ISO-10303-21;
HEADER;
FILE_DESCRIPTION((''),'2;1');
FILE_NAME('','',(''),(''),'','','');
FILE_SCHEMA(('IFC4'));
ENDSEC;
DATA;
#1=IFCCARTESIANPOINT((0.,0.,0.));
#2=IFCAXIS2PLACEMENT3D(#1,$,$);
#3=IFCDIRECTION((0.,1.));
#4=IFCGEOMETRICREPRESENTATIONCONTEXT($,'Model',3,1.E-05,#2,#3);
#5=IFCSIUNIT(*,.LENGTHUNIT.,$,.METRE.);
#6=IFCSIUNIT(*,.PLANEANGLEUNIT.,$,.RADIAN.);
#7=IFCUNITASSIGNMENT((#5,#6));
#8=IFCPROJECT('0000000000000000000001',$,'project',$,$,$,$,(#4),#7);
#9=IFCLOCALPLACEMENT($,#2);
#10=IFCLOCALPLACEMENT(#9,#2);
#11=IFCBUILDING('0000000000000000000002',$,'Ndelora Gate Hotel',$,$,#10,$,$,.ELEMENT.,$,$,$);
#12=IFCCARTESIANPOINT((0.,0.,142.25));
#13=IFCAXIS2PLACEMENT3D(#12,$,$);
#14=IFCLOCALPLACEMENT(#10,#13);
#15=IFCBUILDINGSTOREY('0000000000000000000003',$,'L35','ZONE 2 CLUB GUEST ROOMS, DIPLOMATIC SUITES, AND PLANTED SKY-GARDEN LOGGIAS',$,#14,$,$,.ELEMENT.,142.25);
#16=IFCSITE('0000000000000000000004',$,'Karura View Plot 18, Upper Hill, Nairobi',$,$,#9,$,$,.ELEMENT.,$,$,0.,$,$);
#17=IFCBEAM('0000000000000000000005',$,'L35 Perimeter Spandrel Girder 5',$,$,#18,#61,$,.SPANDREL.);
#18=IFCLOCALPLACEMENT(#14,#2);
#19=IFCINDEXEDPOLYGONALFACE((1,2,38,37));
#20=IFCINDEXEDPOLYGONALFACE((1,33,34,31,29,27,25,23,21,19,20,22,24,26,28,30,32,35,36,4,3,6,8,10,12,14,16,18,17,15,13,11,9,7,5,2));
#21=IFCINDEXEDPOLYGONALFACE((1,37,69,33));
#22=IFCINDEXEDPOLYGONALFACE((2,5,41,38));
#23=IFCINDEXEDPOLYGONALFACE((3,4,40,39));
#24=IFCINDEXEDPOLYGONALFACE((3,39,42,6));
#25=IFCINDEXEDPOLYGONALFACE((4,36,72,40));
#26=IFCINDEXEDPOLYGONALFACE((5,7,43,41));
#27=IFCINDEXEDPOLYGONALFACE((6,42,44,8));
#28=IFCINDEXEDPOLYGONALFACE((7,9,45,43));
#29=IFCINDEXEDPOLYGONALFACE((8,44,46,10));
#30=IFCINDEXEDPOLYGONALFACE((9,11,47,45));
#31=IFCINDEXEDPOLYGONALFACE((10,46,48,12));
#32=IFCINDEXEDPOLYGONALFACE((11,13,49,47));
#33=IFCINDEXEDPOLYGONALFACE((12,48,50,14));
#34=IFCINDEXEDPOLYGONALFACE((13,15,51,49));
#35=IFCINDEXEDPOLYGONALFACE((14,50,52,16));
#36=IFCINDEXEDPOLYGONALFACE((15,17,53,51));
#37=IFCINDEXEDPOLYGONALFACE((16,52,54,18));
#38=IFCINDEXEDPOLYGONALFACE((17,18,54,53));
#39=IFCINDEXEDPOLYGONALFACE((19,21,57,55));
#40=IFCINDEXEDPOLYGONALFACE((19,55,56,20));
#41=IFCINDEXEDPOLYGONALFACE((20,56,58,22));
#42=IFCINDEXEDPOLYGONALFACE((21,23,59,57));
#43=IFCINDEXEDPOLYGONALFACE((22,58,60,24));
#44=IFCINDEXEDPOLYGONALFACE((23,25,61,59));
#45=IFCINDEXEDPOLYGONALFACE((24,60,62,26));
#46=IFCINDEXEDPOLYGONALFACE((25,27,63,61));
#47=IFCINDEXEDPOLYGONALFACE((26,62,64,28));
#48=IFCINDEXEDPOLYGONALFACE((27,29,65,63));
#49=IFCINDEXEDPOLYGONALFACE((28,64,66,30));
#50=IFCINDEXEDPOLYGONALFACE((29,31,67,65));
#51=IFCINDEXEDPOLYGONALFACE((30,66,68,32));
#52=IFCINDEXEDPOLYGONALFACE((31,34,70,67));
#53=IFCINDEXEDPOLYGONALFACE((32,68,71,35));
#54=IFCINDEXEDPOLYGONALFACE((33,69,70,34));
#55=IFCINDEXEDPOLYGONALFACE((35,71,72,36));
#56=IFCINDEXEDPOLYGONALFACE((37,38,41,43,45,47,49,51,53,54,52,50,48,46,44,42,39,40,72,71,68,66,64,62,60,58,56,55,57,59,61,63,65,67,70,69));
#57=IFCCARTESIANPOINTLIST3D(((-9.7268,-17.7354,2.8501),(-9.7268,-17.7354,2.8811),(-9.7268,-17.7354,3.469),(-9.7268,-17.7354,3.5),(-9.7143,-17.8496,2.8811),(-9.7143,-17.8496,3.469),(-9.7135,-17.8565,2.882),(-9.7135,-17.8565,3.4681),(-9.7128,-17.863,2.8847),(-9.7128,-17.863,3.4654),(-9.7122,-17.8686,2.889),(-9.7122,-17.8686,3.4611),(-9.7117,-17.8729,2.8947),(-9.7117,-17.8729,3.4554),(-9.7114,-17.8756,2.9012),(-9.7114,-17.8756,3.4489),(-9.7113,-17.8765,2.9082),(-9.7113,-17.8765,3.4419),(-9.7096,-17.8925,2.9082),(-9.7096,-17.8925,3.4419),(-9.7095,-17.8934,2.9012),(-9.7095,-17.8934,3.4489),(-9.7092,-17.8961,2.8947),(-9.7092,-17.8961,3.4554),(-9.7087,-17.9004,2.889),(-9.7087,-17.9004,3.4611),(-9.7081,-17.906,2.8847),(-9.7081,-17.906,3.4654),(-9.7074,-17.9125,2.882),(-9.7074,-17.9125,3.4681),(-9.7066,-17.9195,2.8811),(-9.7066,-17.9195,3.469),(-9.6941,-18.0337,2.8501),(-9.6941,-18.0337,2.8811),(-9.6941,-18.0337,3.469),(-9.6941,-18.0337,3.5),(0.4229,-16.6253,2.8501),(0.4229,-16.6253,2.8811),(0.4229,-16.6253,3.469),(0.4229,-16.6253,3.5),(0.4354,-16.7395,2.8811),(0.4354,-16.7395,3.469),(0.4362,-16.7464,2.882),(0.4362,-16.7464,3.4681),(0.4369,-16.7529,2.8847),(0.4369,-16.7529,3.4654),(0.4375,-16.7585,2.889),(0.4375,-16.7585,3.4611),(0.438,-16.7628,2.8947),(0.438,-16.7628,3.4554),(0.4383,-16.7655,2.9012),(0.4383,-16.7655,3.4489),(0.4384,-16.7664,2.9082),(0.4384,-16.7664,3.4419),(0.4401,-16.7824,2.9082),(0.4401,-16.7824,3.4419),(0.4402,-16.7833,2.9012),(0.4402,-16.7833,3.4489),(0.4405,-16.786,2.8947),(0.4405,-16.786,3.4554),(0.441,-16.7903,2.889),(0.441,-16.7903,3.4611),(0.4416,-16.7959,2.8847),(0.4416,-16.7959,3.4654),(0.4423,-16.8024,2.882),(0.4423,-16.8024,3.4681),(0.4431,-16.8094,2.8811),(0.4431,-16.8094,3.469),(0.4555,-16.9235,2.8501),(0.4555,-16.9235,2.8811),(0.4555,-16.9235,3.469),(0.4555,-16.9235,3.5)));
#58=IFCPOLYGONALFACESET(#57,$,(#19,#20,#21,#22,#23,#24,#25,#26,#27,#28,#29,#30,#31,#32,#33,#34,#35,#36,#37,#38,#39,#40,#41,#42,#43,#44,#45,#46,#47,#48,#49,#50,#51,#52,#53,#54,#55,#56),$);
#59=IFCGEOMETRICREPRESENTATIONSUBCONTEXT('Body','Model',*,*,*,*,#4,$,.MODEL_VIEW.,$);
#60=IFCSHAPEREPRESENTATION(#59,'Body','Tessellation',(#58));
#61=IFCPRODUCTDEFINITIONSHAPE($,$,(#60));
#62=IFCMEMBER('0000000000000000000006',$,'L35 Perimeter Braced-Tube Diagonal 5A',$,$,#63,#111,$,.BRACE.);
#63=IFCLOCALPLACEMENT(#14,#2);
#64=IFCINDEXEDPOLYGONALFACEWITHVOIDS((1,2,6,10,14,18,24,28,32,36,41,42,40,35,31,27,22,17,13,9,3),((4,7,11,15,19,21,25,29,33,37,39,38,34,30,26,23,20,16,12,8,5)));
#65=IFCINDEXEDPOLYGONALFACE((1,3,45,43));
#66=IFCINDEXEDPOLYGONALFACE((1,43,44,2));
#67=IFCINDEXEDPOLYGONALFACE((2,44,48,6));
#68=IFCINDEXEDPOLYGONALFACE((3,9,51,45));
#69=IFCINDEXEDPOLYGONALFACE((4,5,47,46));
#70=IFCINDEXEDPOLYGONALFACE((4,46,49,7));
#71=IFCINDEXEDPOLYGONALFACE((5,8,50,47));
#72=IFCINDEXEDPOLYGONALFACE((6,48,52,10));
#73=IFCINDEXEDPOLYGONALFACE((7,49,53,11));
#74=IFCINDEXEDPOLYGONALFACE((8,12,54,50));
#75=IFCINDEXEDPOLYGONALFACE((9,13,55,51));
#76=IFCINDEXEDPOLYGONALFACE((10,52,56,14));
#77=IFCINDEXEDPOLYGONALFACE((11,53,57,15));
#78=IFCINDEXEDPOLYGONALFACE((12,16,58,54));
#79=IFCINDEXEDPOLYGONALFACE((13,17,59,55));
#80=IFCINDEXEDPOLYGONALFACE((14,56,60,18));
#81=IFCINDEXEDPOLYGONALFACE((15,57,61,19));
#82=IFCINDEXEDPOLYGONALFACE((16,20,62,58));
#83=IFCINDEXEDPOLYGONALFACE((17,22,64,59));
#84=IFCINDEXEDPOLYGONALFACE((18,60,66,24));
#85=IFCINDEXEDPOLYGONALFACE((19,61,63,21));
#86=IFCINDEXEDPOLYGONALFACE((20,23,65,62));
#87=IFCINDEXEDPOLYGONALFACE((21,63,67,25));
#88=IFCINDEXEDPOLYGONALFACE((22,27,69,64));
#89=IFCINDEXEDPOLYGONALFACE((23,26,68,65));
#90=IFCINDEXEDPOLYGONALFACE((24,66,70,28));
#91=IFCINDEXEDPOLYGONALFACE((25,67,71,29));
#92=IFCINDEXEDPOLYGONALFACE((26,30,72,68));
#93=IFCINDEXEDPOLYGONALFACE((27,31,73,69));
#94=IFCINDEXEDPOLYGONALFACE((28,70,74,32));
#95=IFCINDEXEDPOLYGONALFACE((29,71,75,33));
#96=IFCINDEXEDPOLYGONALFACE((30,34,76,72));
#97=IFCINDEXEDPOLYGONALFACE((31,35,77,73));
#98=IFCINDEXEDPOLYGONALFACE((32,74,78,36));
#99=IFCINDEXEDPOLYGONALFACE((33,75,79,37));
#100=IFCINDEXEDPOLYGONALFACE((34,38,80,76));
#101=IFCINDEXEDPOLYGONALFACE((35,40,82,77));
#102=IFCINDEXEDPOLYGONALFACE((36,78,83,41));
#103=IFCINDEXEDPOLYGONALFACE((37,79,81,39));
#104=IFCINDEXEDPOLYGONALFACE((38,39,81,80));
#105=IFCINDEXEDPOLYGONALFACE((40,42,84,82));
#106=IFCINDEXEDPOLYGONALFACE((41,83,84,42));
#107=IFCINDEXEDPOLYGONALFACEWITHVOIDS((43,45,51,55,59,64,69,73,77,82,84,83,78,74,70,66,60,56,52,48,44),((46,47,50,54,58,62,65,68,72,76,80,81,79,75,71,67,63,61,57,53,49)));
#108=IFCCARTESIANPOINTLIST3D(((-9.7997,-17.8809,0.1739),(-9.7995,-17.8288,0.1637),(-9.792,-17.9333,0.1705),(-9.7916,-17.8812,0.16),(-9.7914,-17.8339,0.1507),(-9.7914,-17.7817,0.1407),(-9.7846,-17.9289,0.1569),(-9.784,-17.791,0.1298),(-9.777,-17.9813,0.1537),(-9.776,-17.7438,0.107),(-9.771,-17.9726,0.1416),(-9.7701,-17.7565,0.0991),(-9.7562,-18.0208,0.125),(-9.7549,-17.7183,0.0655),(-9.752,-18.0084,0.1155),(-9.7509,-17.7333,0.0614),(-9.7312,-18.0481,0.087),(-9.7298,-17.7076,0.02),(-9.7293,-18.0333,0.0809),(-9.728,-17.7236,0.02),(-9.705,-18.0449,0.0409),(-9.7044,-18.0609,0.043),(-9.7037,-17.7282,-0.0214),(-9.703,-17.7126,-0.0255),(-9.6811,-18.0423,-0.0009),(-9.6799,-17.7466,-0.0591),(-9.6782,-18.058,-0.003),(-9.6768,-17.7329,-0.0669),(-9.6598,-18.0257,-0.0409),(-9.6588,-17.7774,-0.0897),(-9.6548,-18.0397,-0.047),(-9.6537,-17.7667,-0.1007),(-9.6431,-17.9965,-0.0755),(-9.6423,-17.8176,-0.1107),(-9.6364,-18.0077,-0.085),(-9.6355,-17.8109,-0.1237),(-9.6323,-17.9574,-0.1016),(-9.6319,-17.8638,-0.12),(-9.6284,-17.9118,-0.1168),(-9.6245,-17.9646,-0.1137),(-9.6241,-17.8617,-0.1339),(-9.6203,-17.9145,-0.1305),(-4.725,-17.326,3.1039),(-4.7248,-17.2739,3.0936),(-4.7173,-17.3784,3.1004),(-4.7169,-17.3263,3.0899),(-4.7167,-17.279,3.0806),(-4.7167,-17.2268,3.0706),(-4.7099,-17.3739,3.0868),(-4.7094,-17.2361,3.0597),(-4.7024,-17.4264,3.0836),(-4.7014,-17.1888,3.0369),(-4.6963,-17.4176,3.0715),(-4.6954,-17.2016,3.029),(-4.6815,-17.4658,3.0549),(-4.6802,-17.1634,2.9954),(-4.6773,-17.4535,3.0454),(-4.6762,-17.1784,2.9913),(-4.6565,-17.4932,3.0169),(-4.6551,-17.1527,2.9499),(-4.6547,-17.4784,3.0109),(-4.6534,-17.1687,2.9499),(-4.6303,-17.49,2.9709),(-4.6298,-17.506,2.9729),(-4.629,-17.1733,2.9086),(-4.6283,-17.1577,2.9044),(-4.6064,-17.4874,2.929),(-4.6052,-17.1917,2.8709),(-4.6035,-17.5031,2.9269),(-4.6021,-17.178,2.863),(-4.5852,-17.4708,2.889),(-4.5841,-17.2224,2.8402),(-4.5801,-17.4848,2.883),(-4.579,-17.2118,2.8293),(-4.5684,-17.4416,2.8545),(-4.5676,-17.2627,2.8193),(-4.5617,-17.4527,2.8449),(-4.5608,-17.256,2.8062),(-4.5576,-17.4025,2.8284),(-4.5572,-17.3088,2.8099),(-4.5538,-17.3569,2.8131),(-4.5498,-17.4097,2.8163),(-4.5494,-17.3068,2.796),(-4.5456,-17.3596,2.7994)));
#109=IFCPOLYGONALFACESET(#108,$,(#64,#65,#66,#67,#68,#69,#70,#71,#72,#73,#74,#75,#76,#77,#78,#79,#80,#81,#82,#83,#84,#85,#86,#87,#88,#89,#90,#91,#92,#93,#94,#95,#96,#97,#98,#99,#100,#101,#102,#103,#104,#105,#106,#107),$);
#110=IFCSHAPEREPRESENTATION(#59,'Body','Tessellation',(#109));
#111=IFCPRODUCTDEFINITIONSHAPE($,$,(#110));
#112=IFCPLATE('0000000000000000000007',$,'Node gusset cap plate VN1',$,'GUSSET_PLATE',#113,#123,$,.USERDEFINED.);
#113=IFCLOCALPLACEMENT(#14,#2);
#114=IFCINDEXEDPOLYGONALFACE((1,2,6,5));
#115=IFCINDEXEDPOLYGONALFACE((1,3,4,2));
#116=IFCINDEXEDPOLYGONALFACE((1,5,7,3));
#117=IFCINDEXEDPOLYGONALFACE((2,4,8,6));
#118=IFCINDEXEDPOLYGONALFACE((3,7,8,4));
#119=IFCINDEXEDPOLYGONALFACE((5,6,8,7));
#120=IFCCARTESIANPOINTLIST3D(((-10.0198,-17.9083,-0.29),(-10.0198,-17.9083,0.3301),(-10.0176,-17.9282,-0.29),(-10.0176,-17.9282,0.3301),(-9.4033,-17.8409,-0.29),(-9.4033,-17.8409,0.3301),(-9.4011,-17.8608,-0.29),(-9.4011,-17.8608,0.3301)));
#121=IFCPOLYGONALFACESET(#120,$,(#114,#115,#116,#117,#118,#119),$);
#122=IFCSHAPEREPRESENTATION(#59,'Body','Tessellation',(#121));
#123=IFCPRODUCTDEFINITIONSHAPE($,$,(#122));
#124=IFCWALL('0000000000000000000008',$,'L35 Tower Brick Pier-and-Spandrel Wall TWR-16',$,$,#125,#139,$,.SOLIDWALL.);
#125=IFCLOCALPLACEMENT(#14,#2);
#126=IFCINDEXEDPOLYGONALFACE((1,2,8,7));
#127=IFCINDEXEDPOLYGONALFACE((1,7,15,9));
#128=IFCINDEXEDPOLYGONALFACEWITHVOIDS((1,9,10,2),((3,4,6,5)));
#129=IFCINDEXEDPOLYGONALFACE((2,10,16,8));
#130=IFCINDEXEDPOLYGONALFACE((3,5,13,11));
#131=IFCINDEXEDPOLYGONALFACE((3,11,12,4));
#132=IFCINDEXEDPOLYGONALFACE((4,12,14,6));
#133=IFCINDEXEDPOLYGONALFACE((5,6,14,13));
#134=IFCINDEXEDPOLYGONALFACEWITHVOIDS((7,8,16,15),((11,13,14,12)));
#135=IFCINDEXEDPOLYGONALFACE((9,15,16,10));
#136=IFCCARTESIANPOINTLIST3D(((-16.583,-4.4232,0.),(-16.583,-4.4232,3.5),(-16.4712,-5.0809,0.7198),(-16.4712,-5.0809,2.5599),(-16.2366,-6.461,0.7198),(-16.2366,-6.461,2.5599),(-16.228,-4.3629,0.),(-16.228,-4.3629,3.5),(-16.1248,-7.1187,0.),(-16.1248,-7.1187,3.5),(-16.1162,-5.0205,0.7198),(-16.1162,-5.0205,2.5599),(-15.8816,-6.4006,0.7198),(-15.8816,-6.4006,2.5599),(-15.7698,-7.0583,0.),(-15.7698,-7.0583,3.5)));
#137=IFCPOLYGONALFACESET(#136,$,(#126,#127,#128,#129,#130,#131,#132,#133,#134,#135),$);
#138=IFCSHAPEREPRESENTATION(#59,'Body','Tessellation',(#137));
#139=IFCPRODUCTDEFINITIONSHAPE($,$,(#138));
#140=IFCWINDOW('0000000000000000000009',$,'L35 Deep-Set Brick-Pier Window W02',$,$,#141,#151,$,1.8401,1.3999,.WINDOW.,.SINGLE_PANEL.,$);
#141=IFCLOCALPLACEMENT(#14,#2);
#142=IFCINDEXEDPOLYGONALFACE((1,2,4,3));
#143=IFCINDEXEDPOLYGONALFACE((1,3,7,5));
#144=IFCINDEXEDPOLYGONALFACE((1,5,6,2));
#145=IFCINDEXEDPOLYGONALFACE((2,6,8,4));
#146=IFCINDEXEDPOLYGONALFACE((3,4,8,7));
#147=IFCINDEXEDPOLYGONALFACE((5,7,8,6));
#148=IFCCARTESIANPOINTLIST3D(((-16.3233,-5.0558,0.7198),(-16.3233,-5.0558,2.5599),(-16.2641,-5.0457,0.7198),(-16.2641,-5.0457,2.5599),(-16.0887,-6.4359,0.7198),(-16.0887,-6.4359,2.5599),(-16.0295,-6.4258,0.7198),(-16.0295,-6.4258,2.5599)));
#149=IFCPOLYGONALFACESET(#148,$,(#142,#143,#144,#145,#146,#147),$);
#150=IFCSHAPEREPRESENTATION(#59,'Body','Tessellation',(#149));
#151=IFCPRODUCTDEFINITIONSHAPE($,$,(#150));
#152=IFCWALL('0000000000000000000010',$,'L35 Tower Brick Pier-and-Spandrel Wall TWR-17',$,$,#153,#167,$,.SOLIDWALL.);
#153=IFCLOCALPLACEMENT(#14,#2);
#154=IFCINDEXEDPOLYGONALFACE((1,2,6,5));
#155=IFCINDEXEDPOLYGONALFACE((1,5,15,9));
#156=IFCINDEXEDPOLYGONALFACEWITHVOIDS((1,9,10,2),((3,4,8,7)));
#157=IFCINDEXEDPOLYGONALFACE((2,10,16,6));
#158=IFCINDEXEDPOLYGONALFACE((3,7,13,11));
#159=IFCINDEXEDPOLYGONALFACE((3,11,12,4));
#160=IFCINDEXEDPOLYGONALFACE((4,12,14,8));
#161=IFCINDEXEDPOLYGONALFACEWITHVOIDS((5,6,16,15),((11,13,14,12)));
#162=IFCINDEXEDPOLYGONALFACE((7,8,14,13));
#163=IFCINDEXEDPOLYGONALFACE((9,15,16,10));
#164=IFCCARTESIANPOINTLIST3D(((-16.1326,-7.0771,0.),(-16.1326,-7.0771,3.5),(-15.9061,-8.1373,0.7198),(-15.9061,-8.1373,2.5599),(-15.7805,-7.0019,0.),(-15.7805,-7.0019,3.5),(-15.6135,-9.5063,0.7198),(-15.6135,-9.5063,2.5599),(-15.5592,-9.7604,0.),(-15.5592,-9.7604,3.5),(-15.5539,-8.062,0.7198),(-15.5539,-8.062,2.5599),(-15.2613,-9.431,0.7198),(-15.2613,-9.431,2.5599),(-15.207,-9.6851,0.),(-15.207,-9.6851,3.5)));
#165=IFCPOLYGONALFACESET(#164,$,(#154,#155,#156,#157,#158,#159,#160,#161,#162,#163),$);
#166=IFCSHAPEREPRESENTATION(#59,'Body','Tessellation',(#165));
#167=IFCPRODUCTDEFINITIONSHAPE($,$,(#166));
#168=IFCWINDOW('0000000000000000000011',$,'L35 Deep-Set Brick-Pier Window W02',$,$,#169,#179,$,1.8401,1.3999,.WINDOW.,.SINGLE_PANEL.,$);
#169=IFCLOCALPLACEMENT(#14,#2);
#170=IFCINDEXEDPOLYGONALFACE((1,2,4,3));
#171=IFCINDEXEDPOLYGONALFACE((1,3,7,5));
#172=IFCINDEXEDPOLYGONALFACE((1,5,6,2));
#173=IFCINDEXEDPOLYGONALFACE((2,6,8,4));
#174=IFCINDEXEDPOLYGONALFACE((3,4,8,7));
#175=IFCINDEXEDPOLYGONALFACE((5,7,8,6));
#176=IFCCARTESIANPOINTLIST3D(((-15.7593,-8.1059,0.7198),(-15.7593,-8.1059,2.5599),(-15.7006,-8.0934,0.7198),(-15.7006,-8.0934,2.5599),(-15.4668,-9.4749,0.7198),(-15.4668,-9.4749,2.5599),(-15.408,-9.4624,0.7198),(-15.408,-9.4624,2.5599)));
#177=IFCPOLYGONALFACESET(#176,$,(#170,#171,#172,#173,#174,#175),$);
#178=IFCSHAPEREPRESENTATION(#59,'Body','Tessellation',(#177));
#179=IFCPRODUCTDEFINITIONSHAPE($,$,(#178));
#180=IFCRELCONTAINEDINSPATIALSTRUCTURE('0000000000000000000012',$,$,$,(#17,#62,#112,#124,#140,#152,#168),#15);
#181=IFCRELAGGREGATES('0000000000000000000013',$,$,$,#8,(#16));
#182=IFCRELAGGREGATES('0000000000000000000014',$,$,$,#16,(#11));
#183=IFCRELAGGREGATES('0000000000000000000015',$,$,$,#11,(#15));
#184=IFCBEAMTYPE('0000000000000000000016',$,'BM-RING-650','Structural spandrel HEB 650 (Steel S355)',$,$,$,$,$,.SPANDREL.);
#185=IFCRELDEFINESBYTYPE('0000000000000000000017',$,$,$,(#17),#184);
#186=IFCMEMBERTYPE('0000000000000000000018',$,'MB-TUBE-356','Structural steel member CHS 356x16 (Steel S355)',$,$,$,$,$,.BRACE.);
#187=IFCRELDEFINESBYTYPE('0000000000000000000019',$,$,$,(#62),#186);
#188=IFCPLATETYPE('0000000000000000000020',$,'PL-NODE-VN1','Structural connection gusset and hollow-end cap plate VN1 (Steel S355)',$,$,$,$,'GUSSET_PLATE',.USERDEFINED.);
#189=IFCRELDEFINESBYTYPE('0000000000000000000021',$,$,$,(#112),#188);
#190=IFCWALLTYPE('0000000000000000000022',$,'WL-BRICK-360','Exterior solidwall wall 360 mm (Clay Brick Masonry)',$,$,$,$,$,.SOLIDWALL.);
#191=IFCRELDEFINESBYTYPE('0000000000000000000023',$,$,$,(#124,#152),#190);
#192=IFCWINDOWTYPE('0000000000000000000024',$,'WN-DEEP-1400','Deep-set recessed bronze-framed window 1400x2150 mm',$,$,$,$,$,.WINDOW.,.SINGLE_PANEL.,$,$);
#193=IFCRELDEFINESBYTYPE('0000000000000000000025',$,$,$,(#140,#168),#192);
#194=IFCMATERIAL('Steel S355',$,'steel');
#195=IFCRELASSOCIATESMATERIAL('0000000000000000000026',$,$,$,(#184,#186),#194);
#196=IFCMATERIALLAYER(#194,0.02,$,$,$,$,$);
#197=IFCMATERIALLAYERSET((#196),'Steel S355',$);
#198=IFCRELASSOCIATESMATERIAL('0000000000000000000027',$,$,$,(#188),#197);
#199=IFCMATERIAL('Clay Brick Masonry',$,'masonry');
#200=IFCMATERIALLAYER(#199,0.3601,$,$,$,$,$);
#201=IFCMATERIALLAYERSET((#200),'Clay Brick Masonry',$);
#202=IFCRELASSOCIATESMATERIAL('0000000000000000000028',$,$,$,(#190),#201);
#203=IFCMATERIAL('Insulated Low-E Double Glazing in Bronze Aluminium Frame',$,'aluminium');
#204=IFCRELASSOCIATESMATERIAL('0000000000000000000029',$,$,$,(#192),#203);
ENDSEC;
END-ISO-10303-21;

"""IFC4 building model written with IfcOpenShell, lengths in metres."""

from ifc_helpers import new_model, si_unit, direction, frame, frame_2d, origin, origin_2d, place, context, subcontext, project, spatial, rectangle, hollow_circle, i_section, extrude, material, layer, layer_set, material_profile, profile_set, type_object, element, fill, save


model = new_model("IFC4")

# Units and contexts
model_context = context("Model", 3, precision=1e-05, world=origin(), true_north=direction((0.0, 1.0)))
body_context = subcontext(model_context, "Body", "Model", "MODEL_VIEW")
ifc_project = project(units=[si_unit("LENGTHUNIT", "METRE"), si_unit("PLANEANGLEUNIT", "RADIAN")], contexts=[model_context])

# Site, building, storey
site_placement = place(None, origin())
site = spatial("IfcSite", under=ifc_project, at=site_placement, Name="Karura View Plot 18, Upper Hill, Nairobi", CompositionType="ELEMENT", RefElevation=0.0)
building_placement = place(site_placement, origin())
building = spatial("IfcBuilding", under=site, at=building_placement, Name="Ndelora Gate Hotel", CompositionType="ELEMENT")
storey_placement = place(building_placement, frame((0.0, 0.0, 142.25)))
storey = spatial("IfcBuildingStorey", under=building, at=storey_placement, Name="L35", Description="ZONE 2 CLUB GUEST ROOMS, DIPLOMATIC SUITES, AND PLANTED SKY-GARDEN LOGGIAS", CompositionType="ELEMENT", Elevation=142.25)

# Beam
ifc_material_1 = material(Name="Steel S355", Category="steel")
ifc_material_profile_1 = material_profile(ifc_material_1, i_section(OverallWidth=0.3, OverallDepth=0.6499, WebThickness=0.0161, FlangeThickness=0.031, FilletRadius=0.0271, at=origin_2d()), Name="HEB 650")
ifc_profile_set_1 = profile_set([ifc_material_profile_1], Name="Steel S355")
beam_type_1 = type_object("IfcBeamType", Name="BM-RING-650", Description="Structural spandrel HEB 650 (Steel S355)", PredefinedType="SPANDREL", material=ifc_profile_set_1)
for number, where, z_axis, x_axis, name in (
    (1, (-9.7104, -17.8845, 3.175), (0.994072, 0.108725, 0.0), (-0.108725, 0.994072, 0.0), "L35 Perimeter Spandrel Girder 5"),
):
    element("IfcBeam", number, at=place(storey_placement, frame(where, z_axis=z_axis, x_axis=x_axis)), inside=storey, type_object=beam_type_1, Name=name, PredefinedType="SPANDREL", context=body_context, shape_type="SweptSolid", body=[
        extrude(i_section(OverallWidth=0.3, OverallDepth=0.6499, WebThickness=0.0161, FlangeThickness=0.031, FilletRadius=0.0271, at=origin_2d()), origin(), (0.0, 0.0, 1.0), 10.2102),
    ])

# Member
ifc_material_profile_2 = material_profile(ifc_material_1, hollow_circle(Radius=0.178, WallThickness=0.0161, at=origin_2d()), Name="CHS 356x16")
ifc_profile_set_2 = profile_set([ifc_material_profile_2], Name="Steel S355")
member_type = type_object("IfcMemberType", Name="MB-TUBE-356", Description="Structural steel member CHS 356x16 (Steel S355)", PredefinedType="BRACE", material=ifc_profile_set_2)
member_placement = place(storey_placement, frame((-9.7104, -17.8845, 0.02), z_axis=(0.862164, 0.09428, 0.497779), x_axis=(-0.108704, 0.994074, 0.0)))
element("IfcMember", 2, at=member_placement, inside=storey, type_object=member_type, Name="L35 Perimeter Braced-Tube Diagonal 5A", PredefinedType="BRACE", context=body_context, shape_type="SweptSolid", body=[
    extrude(hollow_circle(Radius=0.178, WallThickness=0.0161, at=origin_2d()), origin(), (0.0, 0.0, 1.0), 5.886),
])

# Plate
ifc_layer_1 = layer(ifc_material_1, 0.02)
ifc_layer_set_1 = layer_set([ifc_layer_1], Name="Steel S355")
plate_type = type_object("IfcPlateType", Name="PL-NODE-VN1", Description="Structural connection gusset and hollow-end cap plate VN1 (Steel S355)", ElementType="GUSSET_PLATE", PredefinedType="USERDEFINED", material=ifc_layer_set_1)
plate_placement = place(storey_placement, frame((-9.7104, -17.8845, -0.29), z_axis=(0.0, 0.0, 1.0), x_axis=(0.994075, 0.108693, 0.0)))
element("IfcPlate", 3, at=plate_placement, inside=storey, type_object=plate_type, Name="Node gusset cap plate VN1", ObjectType="GUSSET_PLATE", PredefinedType="USERDEFINED", context=body_context, shape_type="SweptSolid", body=[
    extrude(rectangle(XDim=0.6201, YDim=0.02, at=origin_2d()), origin(), (0.0, 0.0, 1.0), 0.6201),
])

# Walls, openings, windows
ifc_material_2 = material(Name="Clay Brick Masonry", Category="masonry")
ifc_layer_2 = layer(ifc_material_2, 0.3601)
ifc_layer_set_2 = layer_set([ifc_layer_2], Name="Clay Brick Masonry")
wall_type = type_object("IfcWallType", Name="WL-BRICK-360", Description="Exterior solidwall wall 360 mm (Clay Brick Masonry)", PredefinedType="SOLIDWALL", material=ifc_layer_set_2)
wall_1_placement = place(storey_placement, frame((-15.9473, -7.0886, 0.0), z_axis=(0.0, 0.0, 1.0), x_axis=(-0.167598, 0.985855, 0.0)))
wall_1 = element("IfcWall", 4, at=wall_1_placement, inside=storey, type_object=wall_type, Name="L35 Tower Brick Pier-and-Spandrel Wall TWR-16", PredefinedType="SOLIDWALL", context=body_context, shape_type="SweptSolid", body=[
    extrude(rectangle(XDim=2.7341, YDim=0.3601, at=frame_2d((1.3672, 0.0))), origin(), (0.0, 0.0, 1.0), 3.5),
])
opening_1_placement = place(wall_1_placement, frame((0.6672, 0.0, 0.72)))
opening_1 = element("IfcOpeningElement", 5, at=opening_1_placement, cuts=wall_1, PredefinedType="OPENING", context=body_context, shape_type="SweptSolid", body=[
    extrude(rectangle(XDim=1.3999, YDim=1.8401, at=frame_2d((0.7, 0.9199))), frame((0.0, 0.1899, 0.0), z_axis=(0.0, -1.0, 0.0), x_axis=(1.0, 0.0, 0.0)), (0.0, 0.0, 1.0), 0.3801),
])
ifc_material_3 = material(Name="Insulated Low-E Double Glazing in Bronze Aluminium Frame", Category="aluminium")
window_type_1 = type_object("IfcWindowType", Name="WN-DEEP-1400", Description="Deep-set recessed bronze-framed window 1400x2150 mm", PartitioningType="SINGLE_PANEL", PredefinedType="WINDOW", material=ifc_material_3)
window_1_placement = place(opening_1_placement, origin())
window_1 = element("IfcWindow", 6, at=window_1_placement, inside=storey, type_object=window_type_1, Name="L35 Deep-Set Brick-Pier Window W02", OverallHeight=1.8401, OverallWidth=1.3999, PartitioningType="SINGLE_PANEL", PredefinedType="WINDOW", context=body_context, shape_type="SweptSolid", body=[
    extrude(rectangle(XDim=1.3999, YDim=1.8401, at=frame_2d((0.7, 0.9199))), frame((0.0, 0.03, 0.0), z_axis=(0.0, -1.0, 0.0), x_axis=(1.0, 0.0, 0.0)), (0.0, 0.0, 1.0), 0.0601),
])
fill(opening_1, window_1)
wall_2_placement = place(storey_placement, frame((-15.3831, -9.7229, 0.0), z_axis=(0.0, 0.0, 1.0), x_axis=(-0.209, 0.977916, 0.0)))
wall_2 = element("IfcWall", 7, at=wall_2_placement, inside=storey, type_object=wall_type, Name="L35 Tower Brick Pier-and-Spandrel Wall TWR-17", PredefinedType="SOLIDWALL", context=body_context, shape_type="SweptSolid", body=[
    extrude(rectangle(XDim=2.7439, YDim=0.3601, at=frame_2d((1.3721, 0.0))), origin(), (0.0, 0.0, 1.0), 3.5),
])
opening_2_placement = place(wall_2_placement, frame((0.26, 0.0, 0.72)))
opening_2 = element("IfcOpeningElement", 8, at=opening_2_placement, cuts=wall_2, PredefinedType="OPENING", context=body_context, shape_type="SweptSolid", body=[
    extrude(rectangle(XDim=1.3999, YDim=1.8401, at=frame_2d((0.7, 0.9199))), frame((0.0, 0.1899, 0.0), z_axis=(0.0, -1.0, 0.0), x_axis=(1.0, 0.0, 0.0)), (0.0, 0.0, 1.0), 0.3801),
])
window_2_placement = place(opening_2_placement, origin())
window_2 = element("IfcWindow", 9, at=window_2_placement, inside=storey, type_object=window_type_1, Name="L35 Deep-Set Brick-Pier Window W02", OverallHeight=1.8401, OverallWidth=1.3999, PartitioningType="SINGLE_PANEL", PredefinedType="WINDOW", context=body_context, shape_type="SweptSolid", body=[
    extrude(rectangle(XDim=1.3999, YDim=1.8401, at=frame_2d((0.7, 0.9199))), frame((0.0, 0.03, 0.0), z_axis=(0.0, -1.0, 0.0), x_axis=(1.0, 0.0, 0.0)), (0.0, 0.0, 1.0), 0.0601),
])
fill(opening_2, window_2)

save(model, "model.ifc")
